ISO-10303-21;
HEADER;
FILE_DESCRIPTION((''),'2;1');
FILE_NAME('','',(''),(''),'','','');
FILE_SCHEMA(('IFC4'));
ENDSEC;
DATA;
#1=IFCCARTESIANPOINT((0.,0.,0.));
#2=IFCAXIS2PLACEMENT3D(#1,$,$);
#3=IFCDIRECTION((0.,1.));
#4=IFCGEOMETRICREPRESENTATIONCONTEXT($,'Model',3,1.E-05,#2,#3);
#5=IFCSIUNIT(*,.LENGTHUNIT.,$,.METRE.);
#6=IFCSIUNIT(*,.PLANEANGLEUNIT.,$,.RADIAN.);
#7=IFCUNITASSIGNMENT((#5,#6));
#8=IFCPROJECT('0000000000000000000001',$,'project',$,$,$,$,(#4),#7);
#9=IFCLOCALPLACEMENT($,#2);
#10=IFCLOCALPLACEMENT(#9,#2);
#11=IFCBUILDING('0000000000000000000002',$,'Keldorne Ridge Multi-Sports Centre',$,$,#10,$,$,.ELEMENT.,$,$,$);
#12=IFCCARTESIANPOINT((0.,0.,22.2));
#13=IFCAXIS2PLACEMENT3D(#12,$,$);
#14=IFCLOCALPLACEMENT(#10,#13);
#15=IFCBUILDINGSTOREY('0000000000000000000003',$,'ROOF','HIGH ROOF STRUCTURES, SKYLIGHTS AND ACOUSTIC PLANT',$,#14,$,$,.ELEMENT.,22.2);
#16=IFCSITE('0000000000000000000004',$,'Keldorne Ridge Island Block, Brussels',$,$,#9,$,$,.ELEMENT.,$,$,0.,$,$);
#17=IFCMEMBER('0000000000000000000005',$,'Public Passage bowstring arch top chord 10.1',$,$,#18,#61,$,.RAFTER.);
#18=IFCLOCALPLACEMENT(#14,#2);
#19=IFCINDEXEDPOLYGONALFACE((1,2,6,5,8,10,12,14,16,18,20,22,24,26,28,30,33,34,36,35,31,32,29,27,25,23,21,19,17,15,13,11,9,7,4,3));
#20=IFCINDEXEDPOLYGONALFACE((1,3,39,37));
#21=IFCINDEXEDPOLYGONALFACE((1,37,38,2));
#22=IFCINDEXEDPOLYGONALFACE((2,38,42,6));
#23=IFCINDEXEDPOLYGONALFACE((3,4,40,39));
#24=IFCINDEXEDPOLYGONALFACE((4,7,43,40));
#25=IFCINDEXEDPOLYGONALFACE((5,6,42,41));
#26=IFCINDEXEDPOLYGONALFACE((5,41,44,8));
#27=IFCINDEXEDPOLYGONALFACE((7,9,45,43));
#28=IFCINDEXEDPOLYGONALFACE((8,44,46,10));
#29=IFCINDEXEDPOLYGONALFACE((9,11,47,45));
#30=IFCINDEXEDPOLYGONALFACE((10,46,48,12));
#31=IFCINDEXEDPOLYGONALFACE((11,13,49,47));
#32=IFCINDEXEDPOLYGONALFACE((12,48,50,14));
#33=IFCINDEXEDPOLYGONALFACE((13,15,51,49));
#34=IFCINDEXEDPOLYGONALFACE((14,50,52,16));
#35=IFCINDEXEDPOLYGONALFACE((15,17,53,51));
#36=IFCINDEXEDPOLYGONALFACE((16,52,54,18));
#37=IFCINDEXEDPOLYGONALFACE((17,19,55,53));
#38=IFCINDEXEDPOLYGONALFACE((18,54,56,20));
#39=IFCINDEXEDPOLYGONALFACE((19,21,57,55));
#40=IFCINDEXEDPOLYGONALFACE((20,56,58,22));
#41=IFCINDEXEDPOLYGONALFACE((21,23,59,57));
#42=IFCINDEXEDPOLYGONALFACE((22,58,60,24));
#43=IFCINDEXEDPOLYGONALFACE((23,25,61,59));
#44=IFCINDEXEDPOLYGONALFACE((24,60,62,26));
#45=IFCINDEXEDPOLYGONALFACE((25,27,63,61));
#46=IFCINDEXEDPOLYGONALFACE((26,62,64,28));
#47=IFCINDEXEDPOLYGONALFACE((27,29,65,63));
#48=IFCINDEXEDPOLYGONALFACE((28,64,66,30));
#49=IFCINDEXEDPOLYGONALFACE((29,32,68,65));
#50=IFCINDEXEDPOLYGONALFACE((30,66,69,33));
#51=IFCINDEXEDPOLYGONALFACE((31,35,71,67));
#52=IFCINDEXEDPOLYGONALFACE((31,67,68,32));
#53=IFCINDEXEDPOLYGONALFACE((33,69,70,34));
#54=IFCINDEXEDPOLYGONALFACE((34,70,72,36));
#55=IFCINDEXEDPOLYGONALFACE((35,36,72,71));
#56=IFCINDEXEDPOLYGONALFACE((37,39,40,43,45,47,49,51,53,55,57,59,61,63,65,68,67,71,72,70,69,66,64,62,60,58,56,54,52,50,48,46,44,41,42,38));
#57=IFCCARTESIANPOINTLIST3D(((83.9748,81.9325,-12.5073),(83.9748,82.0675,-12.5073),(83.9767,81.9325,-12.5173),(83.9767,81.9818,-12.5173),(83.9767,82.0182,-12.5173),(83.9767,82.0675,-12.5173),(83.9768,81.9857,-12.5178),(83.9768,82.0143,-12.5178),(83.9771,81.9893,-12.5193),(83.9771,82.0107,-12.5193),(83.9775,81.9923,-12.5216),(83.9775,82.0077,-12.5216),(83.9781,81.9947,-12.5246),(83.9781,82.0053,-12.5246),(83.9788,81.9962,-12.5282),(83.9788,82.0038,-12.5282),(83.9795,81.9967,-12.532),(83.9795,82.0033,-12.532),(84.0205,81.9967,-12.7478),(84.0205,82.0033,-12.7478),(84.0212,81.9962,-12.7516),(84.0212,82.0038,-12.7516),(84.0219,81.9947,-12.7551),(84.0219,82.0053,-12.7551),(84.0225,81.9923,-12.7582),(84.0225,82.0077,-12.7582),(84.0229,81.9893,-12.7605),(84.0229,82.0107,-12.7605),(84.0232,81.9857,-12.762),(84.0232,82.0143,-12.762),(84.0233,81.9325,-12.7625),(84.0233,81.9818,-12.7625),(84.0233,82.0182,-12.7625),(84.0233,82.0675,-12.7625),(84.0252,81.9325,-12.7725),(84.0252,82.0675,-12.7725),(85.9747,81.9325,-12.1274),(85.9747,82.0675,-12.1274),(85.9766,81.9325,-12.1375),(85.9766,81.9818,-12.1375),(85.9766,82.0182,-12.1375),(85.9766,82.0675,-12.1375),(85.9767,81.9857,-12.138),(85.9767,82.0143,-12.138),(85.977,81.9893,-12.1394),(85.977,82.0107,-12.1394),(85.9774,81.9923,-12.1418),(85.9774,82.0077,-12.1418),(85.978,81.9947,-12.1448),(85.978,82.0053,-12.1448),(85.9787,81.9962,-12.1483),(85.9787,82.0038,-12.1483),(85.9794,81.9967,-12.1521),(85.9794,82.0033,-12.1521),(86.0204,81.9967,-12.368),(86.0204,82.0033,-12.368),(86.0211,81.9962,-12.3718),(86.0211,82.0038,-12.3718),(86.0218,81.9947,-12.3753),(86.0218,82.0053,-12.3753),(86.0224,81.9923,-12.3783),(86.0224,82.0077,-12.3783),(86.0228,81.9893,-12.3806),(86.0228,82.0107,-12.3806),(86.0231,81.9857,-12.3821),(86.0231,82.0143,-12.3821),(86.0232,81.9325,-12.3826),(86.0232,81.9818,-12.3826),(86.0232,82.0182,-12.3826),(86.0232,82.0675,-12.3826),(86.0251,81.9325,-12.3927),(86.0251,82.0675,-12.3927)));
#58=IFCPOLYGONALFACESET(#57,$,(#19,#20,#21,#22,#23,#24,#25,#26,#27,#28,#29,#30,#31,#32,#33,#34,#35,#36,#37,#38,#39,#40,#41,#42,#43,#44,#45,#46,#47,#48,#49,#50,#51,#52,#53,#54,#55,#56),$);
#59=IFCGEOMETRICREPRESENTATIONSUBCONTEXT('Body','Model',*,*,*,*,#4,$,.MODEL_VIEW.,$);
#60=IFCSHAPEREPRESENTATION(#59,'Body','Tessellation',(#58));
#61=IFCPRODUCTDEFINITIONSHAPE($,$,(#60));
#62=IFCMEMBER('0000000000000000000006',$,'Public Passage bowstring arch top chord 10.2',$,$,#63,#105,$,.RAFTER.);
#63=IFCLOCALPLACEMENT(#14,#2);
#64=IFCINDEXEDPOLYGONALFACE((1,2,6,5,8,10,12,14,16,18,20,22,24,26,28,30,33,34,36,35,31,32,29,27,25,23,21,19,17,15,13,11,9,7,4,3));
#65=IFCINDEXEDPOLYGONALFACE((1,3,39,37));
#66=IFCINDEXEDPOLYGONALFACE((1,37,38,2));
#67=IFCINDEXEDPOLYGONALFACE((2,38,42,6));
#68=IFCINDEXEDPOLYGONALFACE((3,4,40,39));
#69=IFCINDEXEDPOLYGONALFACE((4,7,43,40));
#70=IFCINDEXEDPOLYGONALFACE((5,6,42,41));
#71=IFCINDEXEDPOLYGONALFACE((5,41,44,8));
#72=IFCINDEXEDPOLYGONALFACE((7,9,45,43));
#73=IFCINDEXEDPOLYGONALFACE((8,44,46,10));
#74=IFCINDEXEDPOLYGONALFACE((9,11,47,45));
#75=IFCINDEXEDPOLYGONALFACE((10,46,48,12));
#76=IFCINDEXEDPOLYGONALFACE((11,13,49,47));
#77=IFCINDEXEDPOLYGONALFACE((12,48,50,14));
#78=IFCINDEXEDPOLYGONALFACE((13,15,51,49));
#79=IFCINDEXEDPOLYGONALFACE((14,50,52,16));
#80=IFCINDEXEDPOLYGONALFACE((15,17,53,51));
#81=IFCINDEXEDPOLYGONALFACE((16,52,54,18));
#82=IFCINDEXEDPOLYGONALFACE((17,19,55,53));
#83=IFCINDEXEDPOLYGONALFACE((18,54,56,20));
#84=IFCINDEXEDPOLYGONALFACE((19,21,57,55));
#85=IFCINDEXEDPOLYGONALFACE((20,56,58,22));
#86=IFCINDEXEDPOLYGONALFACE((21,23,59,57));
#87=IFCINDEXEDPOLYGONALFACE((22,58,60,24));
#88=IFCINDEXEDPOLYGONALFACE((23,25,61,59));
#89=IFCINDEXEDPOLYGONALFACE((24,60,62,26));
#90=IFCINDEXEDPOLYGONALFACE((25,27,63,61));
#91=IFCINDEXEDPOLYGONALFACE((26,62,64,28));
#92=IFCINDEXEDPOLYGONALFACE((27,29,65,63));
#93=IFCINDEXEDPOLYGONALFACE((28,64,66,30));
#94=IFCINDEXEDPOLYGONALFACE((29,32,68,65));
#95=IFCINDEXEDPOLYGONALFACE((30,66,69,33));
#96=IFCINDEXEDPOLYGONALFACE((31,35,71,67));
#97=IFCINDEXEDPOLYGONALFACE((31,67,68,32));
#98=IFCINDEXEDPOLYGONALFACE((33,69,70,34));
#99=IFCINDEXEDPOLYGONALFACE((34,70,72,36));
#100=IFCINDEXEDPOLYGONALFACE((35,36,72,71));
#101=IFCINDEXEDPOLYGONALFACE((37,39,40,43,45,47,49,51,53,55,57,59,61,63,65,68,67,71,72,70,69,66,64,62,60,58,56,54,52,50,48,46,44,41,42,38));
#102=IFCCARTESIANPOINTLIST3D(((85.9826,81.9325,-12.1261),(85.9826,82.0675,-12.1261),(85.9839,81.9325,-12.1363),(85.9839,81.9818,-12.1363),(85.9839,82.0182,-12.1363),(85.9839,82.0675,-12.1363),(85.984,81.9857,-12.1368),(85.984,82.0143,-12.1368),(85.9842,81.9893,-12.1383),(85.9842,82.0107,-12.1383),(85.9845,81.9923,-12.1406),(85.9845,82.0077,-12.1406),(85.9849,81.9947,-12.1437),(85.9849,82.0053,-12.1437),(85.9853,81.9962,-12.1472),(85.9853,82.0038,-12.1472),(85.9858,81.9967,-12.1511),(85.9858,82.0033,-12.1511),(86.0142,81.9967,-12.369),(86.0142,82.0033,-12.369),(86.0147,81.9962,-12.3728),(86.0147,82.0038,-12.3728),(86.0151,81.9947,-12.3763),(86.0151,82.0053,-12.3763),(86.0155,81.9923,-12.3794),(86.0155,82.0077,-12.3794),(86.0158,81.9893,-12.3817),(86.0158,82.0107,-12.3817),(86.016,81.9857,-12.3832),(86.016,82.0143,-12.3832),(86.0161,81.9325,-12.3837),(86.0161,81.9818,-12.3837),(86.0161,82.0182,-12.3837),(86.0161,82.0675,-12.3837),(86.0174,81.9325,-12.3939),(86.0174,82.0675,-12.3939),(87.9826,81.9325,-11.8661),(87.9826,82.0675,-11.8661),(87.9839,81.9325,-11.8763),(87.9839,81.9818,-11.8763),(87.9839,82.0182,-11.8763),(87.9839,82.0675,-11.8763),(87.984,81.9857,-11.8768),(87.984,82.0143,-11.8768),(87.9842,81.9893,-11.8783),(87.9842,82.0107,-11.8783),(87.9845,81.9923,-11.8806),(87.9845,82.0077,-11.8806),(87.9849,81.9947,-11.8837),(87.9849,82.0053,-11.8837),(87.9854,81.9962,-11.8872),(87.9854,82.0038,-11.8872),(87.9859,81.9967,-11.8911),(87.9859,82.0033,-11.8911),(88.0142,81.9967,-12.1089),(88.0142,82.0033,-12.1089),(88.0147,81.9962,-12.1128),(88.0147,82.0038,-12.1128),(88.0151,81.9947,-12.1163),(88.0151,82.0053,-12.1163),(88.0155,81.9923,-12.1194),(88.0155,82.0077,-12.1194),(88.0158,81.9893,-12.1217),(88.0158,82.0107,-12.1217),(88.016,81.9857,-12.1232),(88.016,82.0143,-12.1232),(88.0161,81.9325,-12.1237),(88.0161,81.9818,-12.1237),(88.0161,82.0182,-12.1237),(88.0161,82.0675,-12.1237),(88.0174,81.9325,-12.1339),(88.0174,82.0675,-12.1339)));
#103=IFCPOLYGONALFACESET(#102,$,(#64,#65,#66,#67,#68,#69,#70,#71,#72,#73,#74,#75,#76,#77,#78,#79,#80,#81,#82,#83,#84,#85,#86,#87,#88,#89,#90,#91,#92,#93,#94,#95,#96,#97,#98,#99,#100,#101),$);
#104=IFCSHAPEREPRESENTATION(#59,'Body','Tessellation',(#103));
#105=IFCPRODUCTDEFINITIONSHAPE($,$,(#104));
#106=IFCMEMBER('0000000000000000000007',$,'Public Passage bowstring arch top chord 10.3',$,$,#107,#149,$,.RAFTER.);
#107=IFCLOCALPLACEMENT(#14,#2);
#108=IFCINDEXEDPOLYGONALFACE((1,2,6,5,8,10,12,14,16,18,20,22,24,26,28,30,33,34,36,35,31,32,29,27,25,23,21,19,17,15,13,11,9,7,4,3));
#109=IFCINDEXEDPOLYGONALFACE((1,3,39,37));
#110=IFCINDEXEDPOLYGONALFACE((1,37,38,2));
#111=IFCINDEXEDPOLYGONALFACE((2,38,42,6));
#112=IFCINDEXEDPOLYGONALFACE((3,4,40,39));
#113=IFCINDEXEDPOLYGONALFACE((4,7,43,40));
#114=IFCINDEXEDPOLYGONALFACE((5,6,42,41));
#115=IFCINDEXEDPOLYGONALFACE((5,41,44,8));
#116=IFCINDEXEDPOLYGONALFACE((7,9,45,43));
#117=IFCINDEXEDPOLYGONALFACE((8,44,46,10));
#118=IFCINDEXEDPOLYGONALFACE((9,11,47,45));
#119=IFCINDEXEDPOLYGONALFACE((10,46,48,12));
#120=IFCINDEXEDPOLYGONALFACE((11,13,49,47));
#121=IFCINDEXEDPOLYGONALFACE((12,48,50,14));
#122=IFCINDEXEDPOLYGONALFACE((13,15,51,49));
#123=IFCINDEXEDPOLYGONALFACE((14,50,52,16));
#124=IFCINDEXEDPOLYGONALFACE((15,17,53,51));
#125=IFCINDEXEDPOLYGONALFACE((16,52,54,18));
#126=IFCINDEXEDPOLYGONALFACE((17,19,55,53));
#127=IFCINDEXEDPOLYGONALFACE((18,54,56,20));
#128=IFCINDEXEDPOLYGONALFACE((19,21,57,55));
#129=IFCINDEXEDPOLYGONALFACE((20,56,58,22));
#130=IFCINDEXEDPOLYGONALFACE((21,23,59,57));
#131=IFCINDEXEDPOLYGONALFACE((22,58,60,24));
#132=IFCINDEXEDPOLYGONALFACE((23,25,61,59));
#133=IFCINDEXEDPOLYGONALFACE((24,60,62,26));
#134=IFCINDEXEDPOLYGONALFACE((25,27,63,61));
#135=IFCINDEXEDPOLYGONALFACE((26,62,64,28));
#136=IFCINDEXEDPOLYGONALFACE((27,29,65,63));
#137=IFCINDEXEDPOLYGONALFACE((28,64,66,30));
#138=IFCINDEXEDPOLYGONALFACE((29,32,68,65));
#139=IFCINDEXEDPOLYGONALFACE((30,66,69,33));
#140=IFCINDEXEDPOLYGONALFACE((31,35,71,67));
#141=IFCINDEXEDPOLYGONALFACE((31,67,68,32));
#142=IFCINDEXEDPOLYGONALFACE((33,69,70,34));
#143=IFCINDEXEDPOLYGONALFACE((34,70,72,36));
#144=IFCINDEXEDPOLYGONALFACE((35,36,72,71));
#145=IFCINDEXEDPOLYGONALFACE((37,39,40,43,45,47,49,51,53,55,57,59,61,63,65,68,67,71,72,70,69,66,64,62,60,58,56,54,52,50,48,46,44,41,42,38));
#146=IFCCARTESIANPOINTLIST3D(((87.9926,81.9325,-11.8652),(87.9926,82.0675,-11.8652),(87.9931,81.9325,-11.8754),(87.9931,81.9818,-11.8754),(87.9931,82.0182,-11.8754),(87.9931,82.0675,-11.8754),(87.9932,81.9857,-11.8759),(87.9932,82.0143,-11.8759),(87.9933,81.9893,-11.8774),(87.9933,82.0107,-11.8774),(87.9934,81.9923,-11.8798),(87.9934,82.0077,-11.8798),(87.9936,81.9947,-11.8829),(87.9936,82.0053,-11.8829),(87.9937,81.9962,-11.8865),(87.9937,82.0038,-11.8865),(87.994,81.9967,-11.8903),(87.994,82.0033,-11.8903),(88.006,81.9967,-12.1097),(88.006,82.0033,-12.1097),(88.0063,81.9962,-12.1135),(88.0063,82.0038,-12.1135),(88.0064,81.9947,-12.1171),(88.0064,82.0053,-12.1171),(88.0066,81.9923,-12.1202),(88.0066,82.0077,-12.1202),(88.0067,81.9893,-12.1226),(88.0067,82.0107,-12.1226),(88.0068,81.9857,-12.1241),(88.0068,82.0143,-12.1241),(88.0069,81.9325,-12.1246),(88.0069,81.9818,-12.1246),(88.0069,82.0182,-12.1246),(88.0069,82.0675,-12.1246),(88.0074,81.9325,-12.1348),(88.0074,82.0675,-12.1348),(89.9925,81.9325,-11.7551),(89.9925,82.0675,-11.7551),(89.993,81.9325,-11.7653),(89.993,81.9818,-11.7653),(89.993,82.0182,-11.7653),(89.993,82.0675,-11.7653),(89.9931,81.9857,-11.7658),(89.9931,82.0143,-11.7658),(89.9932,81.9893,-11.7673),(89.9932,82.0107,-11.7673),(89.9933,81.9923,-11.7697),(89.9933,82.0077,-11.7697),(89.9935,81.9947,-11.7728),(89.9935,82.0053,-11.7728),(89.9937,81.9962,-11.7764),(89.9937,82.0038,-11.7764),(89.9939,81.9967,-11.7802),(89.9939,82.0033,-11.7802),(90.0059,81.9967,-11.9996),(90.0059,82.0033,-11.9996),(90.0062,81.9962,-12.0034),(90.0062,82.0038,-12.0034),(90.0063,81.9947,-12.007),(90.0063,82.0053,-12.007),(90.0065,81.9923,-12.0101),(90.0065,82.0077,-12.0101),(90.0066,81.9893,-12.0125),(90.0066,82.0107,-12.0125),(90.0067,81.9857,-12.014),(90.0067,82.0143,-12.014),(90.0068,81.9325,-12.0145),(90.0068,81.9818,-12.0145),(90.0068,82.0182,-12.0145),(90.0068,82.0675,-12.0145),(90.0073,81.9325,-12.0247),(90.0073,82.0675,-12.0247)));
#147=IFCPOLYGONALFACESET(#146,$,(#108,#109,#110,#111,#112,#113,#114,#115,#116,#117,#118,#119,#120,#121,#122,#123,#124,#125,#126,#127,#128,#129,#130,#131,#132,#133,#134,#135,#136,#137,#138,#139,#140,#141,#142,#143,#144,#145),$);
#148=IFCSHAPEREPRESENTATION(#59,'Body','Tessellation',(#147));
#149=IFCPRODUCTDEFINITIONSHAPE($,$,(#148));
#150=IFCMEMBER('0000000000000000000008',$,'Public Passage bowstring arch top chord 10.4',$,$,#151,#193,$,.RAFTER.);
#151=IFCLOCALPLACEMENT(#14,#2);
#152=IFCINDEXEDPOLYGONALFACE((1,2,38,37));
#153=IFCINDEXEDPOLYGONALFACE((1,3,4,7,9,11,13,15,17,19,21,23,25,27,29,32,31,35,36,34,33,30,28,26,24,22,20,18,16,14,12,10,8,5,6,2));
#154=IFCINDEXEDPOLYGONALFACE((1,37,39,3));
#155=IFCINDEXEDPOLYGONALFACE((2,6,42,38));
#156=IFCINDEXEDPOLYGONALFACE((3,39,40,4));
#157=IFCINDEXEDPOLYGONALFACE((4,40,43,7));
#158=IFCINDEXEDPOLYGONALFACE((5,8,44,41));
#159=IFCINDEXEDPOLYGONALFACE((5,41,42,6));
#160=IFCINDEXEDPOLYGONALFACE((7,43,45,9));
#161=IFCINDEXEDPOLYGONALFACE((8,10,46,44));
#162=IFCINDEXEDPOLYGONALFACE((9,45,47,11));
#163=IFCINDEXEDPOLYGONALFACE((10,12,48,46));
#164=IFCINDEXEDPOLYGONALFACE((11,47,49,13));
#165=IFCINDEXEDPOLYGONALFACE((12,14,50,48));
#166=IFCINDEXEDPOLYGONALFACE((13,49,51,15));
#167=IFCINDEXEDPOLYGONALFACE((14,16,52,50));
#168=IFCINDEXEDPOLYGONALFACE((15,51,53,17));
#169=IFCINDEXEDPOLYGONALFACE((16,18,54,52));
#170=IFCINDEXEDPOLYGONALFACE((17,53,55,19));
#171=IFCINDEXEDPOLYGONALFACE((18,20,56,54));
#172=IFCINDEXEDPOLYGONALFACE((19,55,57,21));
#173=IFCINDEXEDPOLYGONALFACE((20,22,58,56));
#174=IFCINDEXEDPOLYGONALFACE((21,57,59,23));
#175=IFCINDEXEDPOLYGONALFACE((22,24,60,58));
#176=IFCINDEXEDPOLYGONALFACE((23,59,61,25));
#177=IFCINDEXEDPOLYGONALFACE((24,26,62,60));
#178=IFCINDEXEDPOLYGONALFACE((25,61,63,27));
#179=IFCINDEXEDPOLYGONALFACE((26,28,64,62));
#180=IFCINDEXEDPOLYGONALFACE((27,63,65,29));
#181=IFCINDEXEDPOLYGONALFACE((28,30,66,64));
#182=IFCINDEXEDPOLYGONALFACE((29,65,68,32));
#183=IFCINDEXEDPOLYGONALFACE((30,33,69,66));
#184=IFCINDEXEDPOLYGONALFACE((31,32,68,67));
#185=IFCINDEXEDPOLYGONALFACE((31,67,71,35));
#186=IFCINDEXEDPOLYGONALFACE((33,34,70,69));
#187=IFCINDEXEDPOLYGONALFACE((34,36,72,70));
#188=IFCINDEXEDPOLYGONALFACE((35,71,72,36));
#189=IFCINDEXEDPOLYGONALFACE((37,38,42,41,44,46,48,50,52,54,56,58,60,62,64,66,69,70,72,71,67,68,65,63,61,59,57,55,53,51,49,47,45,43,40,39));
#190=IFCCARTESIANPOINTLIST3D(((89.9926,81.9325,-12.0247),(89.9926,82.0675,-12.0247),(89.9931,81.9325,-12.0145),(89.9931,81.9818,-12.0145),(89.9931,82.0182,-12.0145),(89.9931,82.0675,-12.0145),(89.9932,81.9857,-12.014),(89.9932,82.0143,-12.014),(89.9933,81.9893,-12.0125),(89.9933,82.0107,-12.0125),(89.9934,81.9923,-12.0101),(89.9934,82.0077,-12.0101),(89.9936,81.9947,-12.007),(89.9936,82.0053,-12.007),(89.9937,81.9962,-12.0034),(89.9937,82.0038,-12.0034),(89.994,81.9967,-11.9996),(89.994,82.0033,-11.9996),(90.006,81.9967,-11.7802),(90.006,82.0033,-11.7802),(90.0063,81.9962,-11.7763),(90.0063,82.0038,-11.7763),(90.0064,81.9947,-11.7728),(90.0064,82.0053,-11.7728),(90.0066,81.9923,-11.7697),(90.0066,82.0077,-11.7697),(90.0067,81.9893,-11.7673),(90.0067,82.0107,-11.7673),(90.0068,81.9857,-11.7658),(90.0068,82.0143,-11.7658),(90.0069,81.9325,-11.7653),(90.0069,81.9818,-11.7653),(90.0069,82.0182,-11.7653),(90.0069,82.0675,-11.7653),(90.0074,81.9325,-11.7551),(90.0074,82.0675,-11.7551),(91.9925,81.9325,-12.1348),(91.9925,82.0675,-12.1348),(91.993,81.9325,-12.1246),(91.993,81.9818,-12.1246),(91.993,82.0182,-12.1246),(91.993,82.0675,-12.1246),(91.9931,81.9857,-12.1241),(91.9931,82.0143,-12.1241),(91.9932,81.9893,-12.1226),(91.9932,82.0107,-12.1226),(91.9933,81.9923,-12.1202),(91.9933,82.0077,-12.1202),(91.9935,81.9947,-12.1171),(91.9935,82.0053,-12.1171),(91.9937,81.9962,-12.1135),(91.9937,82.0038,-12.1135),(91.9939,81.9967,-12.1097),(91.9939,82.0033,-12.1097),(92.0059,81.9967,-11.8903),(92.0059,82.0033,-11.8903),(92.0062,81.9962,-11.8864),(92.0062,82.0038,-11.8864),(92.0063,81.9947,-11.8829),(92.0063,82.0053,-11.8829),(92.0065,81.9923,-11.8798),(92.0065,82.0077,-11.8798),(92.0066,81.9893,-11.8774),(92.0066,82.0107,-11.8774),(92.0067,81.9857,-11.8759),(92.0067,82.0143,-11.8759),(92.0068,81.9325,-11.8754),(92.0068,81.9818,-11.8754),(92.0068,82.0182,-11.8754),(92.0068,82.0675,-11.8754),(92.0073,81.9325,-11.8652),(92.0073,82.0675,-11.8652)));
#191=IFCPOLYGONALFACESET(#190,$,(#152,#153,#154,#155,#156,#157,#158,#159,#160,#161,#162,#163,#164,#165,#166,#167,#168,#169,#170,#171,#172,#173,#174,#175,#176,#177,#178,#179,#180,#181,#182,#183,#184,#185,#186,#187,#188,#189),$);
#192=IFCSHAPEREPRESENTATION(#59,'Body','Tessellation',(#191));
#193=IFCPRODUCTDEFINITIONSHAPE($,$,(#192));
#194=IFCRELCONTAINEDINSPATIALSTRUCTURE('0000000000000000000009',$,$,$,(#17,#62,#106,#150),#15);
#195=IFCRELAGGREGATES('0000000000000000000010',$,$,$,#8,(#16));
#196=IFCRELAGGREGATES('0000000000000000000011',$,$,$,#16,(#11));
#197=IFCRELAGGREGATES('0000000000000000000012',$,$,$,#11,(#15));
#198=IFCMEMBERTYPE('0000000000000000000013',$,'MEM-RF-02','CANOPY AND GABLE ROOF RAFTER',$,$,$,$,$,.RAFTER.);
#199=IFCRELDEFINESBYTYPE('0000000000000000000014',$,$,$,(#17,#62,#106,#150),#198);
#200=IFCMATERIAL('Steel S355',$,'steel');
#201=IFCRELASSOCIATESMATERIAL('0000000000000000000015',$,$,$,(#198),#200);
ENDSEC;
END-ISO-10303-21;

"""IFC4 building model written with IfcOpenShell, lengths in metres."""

from ifc_helpers import new_model, si_unit, direction, frame, origin, origin_2d, place, context, subcontext, project, spatial, i_section, extrude, material, material_profile, profile_set, type_object, element, save


model = new_model("IFC4")

# Units and contexts
model_context = context("Model", 3, precision=1e-05, world=origin(), true_north=direction((0.0, 1.0)))
body_context = subcontext(model_context, "Body", "Model", "MODEL_VIEW")
ifc_project = project(units=[si_unit("LENGTHUNIT", "METRE"), si_unit("PLANEANGLEUNIT", "RADIAN")], contexts=[model_context])

# Site, building, storey
site_placement = place(None, origin())
site = spatial("IfcSite", under=ifc_project, at=site_placement, Name="Keldorne Ridge Island Block, Brussels", CompositionType="ELEMENT", RefElevation=0.0)
building_placement = place(site_placement, origin())
building = spatial("IfcBuilding", under=site, at=building_placement, Name="Keldorne Ridge Multi-Sports Centre", CompositionType="ELEMENT")
storey_placement = place(building_placement, frame((0.0, 0.0, 22.2)))
storey = spatial("IfcBuildingStorey", under=building, at=storey_placement, Name="ROOF", Description="HIGH ROOF STRUCTURES, SKYLIGHTS AND ACOUSTIC PLANT", CompositionType="ELEMENT", Elevation=22.2)

# Members
ifc_material = material(Name="Steel S355", Category="steel")
ifc_material_profile_1 = material_profile(ifc_material, i_section(OverallWidth=0.135, OverallDepth=0.27, WebThickness=0.0066, FlangeThickness=0.0103, FilletRadius=0.0149, at=origin_2d()), Name="IPE 270")
ifc_profile_set_1 = profile_set([ifc_material_profile_1], Name="Steel S355")
member_type_1 = type_object("IfcMemberType", Name="MEM-RF-02", Description="CANOPY AND GABLE ROOF RAFTER", PredefinedType="RAFTER", material=ifc_profile_set_1)
for number, where, z_axis, x_axis, name in (
    (1, (84.0, 82.0, -12.6399), (0.982435, 0.0, 0.186605), (0.0, 1.0, 0.0), "Public Passage bowstring arch top chord 10.1"),
):
    element("IfcMember", number, at=place(storey_placement, frame(where, z_axis=z_axis, x_axis=x_axis)), inside=storey, type_object=member_type_1, Name=name, PredefinedType="RAFTER", context=body_context, shape_type="SweptSolid", body=[
        extrude(i_section(OverallWidth=0.135, OverallDepth=0.27, WebThickness=0.0066, FlangeThickness=0.0103, FilletRadius=0.0149, at=origin_2d()), origin(), (0.0, 0.0, 1.0), 2.0356),
    ])
member_1_placement = place(storey_placement, frame((86.0, 82.0, -12.26), z_axis=(0.991655, 0.0, 0.12892), x_axis=(0.0, 1.0, 0.0)))
element("IfcMember", 2, at=member_1_placement, inside=storey, type_object=member_type_1, Name="Public Passage bowstring arch top chord 10.2", PredefinedType="RAFTER", context=body_context, shape_type="SweptSolid", body=[
    extrude(i_section(OverallWidth=0.135, OverallDepth=0.27, WebThickness=0.0066, FlangeThickness=0.0103, FilletRadius=0.0149, at=origin_2d()), origin(), (0.0, 0.0, 1.0), 2.0168),
])
for number, where, z_axis, x_axis, name in (
    (3, (88.0, 82.0, -12.0), (0.998488, 0.0, 0.05497), (0.0, 1.0, 0.0), "Public Passage bowstring arch top chord 10.3"),
    (4, (90.0, 82.0, -11.8899), (0.998488, 0.0, -0.05497), (0.0, 1.0, 0.0), "Public Passage bowstring arch top chord 10.4"),
):
    element("IfcMember", number, at=place(storey_placement, frame(where, z_axis=z_axis, x_axis=x_axis)), inside=storey, type_object=member_type_1, Name=name, PredefinedType="RAFTER", context=body_context, shape_type="SweptSolid", body=[
        extrude(i_section(OverallWidth=0.135, OverallDepth=0.27, WebThickness=0.0066, FlangeThickness=0.0103, FilletRadius=0.0149, at=origin_2d()), origin(), (0.0, 0.0, 1.0), 2.0029),
    ])

save(model, "model.ifc")
